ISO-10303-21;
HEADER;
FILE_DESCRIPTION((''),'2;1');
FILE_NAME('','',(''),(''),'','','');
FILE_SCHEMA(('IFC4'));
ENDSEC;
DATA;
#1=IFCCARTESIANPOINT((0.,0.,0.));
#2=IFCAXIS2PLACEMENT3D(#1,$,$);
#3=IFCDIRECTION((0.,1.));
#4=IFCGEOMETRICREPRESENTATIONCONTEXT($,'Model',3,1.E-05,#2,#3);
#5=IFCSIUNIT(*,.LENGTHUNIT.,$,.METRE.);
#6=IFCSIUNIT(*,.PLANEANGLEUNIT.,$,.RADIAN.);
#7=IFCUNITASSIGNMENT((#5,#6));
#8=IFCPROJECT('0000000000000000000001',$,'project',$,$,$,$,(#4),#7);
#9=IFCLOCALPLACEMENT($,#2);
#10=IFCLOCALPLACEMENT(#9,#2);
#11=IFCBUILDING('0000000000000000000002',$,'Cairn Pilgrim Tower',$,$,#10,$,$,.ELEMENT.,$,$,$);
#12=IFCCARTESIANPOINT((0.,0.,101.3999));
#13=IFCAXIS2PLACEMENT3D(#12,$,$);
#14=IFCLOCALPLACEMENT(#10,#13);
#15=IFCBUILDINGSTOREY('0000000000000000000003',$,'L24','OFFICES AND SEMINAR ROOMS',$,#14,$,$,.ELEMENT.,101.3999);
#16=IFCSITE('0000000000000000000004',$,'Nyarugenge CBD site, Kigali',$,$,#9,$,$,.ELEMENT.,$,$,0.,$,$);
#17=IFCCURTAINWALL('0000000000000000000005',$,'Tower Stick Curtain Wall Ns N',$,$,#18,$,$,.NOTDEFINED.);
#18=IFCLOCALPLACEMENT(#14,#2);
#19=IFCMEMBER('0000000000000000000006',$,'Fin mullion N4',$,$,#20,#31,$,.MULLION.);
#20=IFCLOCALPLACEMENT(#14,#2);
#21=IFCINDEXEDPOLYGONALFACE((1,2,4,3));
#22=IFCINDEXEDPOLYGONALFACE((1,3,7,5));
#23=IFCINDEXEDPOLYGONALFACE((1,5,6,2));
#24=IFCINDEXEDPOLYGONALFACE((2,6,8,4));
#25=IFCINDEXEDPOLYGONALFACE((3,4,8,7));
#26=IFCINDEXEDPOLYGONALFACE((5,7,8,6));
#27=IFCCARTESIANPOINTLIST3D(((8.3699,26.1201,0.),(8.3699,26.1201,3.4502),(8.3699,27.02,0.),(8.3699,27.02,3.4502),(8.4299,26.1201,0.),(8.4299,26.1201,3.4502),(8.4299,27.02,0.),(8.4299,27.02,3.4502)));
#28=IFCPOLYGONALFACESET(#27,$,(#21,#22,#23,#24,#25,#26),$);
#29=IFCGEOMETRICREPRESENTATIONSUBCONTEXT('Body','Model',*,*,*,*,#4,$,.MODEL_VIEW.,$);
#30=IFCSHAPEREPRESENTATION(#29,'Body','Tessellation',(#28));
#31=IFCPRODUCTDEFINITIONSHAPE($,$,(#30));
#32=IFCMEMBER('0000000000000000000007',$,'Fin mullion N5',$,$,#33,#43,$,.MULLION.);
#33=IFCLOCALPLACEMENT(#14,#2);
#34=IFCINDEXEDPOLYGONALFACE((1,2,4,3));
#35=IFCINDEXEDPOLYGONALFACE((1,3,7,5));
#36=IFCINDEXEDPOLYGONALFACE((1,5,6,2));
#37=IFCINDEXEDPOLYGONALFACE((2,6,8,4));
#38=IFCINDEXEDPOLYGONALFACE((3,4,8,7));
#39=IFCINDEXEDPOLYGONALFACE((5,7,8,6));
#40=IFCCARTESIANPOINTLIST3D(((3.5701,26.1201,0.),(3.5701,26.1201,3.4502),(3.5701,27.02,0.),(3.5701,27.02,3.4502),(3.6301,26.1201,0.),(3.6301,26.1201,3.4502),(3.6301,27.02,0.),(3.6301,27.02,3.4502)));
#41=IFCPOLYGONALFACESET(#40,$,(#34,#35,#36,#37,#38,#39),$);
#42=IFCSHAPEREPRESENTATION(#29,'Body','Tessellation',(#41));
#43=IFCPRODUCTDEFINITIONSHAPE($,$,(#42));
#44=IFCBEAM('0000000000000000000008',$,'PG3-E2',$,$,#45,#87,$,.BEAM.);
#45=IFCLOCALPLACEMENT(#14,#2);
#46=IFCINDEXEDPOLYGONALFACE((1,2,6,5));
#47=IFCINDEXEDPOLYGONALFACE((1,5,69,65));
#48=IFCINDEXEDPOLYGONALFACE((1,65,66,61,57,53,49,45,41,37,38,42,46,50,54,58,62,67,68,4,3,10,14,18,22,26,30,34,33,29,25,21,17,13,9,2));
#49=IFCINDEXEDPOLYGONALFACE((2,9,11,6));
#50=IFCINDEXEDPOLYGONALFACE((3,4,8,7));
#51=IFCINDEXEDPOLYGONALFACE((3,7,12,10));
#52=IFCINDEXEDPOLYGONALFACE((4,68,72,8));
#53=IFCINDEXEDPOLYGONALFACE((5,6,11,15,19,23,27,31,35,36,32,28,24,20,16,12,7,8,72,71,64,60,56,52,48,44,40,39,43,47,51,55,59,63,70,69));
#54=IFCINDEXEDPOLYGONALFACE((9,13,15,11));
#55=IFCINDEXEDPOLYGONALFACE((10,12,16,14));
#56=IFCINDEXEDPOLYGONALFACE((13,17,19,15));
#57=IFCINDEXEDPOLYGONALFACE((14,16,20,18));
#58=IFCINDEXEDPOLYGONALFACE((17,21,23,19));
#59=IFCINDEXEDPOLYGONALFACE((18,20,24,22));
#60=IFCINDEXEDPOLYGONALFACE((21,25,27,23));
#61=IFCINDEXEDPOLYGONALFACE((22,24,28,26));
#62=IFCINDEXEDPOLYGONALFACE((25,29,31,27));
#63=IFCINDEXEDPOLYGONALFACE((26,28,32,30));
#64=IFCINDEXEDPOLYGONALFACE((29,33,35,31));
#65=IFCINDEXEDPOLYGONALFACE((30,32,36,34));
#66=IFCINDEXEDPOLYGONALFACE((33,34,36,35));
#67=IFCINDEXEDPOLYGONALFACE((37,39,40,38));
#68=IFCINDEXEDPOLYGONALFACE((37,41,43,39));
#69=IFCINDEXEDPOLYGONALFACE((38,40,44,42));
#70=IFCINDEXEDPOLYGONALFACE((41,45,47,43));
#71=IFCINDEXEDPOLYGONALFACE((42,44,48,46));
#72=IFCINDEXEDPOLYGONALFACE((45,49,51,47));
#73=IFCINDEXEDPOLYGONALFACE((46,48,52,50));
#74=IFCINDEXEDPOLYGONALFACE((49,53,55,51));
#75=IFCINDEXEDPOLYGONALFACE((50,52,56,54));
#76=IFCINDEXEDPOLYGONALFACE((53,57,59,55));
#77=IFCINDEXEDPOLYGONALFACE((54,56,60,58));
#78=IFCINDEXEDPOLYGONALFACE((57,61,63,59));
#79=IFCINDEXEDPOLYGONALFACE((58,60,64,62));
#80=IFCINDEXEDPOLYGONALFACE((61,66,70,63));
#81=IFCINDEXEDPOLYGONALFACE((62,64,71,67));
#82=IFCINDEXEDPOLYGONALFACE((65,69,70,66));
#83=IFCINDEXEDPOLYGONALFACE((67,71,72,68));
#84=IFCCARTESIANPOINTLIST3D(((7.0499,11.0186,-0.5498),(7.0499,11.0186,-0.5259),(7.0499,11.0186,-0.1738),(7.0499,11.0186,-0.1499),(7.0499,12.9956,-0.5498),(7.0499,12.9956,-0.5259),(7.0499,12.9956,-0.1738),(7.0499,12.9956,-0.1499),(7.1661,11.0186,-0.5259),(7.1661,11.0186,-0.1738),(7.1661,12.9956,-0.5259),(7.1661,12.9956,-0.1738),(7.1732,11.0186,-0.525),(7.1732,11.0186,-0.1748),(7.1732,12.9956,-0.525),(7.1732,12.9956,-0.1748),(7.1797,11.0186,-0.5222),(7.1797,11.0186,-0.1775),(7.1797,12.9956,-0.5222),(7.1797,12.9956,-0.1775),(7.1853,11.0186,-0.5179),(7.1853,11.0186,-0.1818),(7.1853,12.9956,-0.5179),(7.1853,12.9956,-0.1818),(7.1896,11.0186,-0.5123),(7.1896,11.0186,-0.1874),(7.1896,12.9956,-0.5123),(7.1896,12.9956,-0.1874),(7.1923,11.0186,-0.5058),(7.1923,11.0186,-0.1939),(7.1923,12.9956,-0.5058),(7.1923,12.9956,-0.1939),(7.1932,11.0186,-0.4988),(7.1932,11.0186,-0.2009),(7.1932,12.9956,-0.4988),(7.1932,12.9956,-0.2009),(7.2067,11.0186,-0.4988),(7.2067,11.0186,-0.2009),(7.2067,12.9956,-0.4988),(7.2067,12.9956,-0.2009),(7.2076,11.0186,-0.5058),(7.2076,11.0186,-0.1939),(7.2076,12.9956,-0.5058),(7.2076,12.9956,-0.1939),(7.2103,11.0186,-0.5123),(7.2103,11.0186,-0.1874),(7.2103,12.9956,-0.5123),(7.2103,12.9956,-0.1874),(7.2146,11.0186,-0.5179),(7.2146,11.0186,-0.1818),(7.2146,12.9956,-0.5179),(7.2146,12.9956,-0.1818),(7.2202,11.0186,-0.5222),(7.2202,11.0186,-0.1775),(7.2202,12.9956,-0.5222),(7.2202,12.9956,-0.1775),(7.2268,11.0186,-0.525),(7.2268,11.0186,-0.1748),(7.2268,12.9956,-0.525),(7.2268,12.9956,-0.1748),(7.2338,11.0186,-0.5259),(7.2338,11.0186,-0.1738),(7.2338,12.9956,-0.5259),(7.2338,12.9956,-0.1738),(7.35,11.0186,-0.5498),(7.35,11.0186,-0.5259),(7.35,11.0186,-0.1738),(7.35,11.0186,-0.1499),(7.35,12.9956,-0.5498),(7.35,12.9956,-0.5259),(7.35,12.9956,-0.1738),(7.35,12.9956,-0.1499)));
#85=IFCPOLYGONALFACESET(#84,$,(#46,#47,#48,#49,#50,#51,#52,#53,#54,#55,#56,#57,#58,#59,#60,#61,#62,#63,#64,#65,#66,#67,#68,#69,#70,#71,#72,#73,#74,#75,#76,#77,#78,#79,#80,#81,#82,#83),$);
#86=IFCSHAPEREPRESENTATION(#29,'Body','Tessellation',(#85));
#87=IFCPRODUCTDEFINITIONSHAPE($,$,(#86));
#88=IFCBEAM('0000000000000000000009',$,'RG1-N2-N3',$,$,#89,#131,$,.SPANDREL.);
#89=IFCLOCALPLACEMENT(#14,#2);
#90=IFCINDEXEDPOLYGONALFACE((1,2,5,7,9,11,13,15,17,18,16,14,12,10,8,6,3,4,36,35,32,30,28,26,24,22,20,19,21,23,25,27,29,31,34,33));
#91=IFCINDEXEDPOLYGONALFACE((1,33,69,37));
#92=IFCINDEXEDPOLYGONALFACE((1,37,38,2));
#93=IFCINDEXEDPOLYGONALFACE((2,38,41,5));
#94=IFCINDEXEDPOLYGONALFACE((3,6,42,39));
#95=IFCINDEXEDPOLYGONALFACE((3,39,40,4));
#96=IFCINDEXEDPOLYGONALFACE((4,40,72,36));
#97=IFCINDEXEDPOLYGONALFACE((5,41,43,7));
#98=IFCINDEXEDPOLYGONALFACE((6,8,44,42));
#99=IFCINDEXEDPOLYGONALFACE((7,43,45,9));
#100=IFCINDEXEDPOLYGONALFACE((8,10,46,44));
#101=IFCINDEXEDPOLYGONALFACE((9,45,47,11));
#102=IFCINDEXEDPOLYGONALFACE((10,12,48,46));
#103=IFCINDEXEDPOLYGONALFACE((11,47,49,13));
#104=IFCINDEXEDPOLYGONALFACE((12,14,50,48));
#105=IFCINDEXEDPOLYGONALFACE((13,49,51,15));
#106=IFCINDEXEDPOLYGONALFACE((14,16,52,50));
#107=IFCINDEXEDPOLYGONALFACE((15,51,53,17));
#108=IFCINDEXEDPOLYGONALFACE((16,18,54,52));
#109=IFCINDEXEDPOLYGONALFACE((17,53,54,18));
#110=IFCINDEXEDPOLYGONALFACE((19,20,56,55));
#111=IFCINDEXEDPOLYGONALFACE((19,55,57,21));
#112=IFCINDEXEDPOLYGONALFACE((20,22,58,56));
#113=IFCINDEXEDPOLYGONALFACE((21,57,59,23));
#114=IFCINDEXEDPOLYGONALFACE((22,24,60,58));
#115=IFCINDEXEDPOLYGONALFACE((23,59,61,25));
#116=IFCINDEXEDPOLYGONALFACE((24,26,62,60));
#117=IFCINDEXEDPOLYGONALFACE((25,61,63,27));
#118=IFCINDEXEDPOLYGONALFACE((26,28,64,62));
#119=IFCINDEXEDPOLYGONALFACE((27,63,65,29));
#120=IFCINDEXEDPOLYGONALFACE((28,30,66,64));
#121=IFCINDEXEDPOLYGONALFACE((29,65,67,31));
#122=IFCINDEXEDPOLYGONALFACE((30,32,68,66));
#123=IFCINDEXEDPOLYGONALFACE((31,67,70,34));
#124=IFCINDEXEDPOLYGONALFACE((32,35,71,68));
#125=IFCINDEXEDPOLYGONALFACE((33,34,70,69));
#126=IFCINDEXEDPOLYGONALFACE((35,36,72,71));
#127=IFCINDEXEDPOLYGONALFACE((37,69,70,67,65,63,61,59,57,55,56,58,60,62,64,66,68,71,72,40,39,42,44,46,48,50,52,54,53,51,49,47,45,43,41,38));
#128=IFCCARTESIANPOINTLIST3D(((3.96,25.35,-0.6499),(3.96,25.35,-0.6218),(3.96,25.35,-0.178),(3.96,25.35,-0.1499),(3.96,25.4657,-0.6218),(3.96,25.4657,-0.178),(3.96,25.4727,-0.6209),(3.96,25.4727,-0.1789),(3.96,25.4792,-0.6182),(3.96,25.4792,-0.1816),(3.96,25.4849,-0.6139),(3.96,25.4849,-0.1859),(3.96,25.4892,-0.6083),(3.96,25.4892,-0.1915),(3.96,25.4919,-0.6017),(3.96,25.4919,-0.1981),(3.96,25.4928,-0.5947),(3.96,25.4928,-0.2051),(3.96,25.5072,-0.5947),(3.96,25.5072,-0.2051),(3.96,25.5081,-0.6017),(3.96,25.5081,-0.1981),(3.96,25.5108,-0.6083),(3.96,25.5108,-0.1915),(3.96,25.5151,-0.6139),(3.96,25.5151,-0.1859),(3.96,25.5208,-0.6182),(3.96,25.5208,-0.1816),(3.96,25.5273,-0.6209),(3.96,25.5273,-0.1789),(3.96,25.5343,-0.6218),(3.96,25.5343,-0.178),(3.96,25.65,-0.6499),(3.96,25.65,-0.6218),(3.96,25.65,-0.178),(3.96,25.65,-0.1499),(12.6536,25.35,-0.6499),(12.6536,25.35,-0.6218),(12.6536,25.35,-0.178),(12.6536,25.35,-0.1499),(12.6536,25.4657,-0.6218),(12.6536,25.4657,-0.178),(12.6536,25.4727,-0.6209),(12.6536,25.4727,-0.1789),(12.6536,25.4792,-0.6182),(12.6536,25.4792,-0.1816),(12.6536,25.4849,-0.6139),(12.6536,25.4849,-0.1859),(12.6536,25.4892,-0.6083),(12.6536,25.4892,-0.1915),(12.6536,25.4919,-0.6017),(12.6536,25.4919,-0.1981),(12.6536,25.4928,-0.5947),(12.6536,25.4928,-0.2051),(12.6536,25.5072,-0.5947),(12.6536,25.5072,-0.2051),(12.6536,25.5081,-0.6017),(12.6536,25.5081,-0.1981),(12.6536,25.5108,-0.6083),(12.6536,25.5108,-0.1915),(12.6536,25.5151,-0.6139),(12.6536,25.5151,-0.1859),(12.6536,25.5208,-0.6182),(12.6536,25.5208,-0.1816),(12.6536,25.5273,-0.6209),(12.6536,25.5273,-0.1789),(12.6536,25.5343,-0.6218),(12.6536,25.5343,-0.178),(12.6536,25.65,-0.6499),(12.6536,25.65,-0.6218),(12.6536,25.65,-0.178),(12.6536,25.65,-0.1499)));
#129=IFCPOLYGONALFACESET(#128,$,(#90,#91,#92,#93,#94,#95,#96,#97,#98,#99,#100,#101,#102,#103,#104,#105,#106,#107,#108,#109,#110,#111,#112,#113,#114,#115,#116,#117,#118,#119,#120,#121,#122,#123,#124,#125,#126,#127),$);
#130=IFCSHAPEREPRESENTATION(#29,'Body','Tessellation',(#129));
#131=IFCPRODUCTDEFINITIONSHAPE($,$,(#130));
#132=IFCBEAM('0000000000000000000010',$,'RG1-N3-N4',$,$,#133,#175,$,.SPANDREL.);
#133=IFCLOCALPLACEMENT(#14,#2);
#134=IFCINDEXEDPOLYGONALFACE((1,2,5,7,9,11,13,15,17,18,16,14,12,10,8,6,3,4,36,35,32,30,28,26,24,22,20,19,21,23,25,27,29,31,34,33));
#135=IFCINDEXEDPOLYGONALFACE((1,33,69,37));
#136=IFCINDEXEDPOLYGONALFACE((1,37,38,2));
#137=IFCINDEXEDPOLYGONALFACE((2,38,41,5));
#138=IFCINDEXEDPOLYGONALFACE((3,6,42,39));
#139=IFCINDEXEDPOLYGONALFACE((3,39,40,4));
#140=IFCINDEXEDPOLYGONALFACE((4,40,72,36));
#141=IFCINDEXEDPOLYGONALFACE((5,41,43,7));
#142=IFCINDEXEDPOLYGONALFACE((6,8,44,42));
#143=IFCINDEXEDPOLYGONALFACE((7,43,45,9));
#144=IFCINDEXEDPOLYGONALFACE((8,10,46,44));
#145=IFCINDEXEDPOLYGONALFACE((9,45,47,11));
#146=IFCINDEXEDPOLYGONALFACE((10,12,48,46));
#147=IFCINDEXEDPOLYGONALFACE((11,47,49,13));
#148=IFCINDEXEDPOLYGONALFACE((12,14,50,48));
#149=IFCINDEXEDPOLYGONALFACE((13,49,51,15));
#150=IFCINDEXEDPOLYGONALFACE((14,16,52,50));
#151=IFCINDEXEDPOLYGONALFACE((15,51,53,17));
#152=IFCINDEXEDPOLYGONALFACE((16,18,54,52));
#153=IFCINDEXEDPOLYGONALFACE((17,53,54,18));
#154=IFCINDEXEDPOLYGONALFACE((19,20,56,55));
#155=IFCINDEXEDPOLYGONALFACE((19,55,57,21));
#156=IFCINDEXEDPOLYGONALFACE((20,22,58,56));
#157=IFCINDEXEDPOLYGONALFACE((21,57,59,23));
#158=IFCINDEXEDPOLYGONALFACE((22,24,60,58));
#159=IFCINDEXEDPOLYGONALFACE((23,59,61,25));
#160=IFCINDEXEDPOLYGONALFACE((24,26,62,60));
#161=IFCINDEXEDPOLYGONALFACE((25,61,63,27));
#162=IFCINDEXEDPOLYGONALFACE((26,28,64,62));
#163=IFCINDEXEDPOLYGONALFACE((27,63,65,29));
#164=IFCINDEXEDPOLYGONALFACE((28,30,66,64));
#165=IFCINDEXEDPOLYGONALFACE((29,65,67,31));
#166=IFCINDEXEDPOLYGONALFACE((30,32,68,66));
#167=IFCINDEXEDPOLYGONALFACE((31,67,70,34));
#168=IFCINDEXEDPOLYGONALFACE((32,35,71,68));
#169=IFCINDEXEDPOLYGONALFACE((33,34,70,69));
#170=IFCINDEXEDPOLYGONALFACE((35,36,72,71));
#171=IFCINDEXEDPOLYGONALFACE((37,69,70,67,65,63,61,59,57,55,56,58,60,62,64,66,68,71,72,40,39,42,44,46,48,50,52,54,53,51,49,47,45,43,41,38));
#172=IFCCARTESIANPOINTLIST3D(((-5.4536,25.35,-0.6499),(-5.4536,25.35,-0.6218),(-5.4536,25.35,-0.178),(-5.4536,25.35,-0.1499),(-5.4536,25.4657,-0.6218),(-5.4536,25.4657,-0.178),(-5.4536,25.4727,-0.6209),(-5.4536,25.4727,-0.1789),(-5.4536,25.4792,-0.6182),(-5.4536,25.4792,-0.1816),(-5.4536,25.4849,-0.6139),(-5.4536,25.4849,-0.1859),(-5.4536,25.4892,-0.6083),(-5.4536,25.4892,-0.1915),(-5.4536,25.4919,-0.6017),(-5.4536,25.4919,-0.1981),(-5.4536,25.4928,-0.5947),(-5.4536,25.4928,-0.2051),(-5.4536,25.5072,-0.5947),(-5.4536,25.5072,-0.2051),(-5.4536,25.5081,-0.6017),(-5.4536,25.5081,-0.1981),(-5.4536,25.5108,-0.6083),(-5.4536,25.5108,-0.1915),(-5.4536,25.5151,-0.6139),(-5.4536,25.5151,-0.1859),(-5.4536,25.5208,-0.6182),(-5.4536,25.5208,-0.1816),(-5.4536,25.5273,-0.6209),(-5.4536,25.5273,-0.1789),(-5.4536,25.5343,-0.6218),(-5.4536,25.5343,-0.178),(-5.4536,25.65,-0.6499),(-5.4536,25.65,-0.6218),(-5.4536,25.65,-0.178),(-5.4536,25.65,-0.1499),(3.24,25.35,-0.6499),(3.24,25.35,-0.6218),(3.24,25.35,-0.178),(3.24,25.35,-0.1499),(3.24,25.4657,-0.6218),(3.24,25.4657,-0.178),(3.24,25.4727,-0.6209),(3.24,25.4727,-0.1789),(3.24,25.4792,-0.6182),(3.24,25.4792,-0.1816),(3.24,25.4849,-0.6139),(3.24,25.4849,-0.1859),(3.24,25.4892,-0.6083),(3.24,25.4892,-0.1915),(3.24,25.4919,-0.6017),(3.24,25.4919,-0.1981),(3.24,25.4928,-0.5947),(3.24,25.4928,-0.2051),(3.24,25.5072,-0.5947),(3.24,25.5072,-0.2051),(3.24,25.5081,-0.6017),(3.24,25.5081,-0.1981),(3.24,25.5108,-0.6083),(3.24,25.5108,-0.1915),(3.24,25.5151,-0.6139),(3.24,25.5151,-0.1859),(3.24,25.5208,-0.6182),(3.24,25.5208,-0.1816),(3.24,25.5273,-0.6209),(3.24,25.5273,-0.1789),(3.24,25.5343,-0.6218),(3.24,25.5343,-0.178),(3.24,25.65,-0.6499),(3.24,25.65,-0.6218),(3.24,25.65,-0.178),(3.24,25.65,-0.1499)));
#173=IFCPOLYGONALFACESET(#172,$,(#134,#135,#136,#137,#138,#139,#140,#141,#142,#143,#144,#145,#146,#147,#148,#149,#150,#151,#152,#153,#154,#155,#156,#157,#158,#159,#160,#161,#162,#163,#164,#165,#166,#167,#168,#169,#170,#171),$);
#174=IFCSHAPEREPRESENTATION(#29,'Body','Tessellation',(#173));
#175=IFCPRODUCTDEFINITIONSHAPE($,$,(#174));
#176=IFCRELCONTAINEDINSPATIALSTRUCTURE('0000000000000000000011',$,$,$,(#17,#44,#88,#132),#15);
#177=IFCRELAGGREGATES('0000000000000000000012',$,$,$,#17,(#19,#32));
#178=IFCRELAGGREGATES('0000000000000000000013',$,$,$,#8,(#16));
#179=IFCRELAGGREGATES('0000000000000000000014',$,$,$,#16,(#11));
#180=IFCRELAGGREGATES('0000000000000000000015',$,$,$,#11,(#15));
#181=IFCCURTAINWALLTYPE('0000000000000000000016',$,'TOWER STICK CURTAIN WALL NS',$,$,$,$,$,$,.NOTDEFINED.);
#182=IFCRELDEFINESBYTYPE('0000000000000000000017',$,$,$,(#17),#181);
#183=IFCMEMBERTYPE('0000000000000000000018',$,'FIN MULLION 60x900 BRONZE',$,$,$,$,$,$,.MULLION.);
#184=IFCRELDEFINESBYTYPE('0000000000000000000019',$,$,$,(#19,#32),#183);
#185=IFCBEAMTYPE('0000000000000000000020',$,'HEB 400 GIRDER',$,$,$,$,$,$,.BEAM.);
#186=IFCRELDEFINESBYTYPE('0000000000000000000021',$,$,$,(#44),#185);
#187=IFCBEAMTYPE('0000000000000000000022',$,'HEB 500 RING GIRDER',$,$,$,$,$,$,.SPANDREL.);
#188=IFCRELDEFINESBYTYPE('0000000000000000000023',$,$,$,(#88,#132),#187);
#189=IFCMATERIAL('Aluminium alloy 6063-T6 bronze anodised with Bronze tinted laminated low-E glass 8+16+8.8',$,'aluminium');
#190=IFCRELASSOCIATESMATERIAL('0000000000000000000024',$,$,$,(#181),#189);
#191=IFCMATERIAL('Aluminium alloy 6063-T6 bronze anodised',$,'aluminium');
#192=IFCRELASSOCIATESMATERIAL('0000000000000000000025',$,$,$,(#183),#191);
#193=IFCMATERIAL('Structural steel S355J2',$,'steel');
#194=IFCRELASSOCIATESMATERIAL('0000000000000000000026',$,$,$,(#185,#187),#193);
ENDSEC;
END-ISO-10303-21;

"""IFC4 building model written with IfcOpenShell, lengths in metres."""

from ifc_helpers import new_model, si_unit, direction, frame, origin, origin_2d, place, context, subcontext, project, spatial, rectangle, i_section, extrude, material, material_profile, profile_set, type_object, element, aggregate, save


model = new_model("IFC4")

# Units and contexts
model_context = context("Model", 3, precision=1e-05, world=origin(), true_north=direction((0.0, 1.0)))
body_context = subcontext(model_context, "Body", "Model", "MODEL_VIEW")
ifc_project = project(units=[si_unit("LENGTHUNIT", "METRE"), si_unit("PLANEANGLEUNIT", "RADIAN")], contexts=[model_context])

# Site, building, storey
site_placement = place(None, origin())
site = spatial("IfcSite", under=ifc_project, at=site_placement, Name="Nyarugenge CBD site, Kigali", CompositionType="ELEMENT", RefElevation=0.0)
building_placement = place(site_placement, origin())
building = spatial("IfcBuilding", under=site, at=building_placement, Name="Cairn Pilgrim Tower", CompositionType="ELEMENT")
storey_placement = place(building_placement, frame((0.0, 0.0, 101.3999)))
storey = spatial("IfcBuildingStorey", under=building, at=storey_placement, Name="L24", Description="OFFICES AND SEMINAR ROOMS", CompositionType="ELEMENT", Elevation=101.3999)

# Curtain wall, members
ifc_material_1 = material(Name="Aluminium alloy 6063-T6 bronze anodised with Bronze tinted laminated low-E glass 8+16+8.8", Category="aluminium")
curtain_wall_type = type_object("IfcCurtainWallType", Name="TOWER STICK CURTAIN WALL NS", PredefinedType="NOTDEFINED", material=ifc_material_1)
curtain_wall_placement = place(storey_placement, origin())
curtain_wall = element("IfcCurtainWall", 1, at=curtain_wall_placement, inside=storey, type_object=curtain_wall_type, Name="Tower Stick Curtain Wall Ns N", PredefinedType="NOTDEFINED")
ifc_material_2 = material(Name="Aluminium alloy 6063-T6 bronze anodised", Category="aluminium")
ifc_material_profile_1 = material_profile(ifc_material_2, rectangle(XDim=0.8999, YDim=0.0601, at=origin_2d()), Name="FIN MULLION 60x900 BRONZE")
ifc_profile_set_1 = profile_set([ifc_material_profile_1], Name="Aluminium alloy 6063-T6 bronze anodised")
member_type_1 = type_object("IfcMemberType", Name="FIN MULLION 60x900 BRONZE", PredefinedType="MULLION", material=ifc_profile_set_1)
member_1_placement = place(storey_placement, frame((8.3999, 26.5701, 0.0), z_axis=(0.0, 0.0, 1.0), x_axis=(0.0, 1.0, 0.0)))
member_1 = element("IfcMember", 2, at=member_1_placement, type_object=member_type_1, Name="Fin mullion N4", PredefinedType="MULLION", context=body_context, shape_type="SweptSolid", body=[
    extrude(rectangle(XDim=0.8999, YDim=0.0601, at=origin_2d()), origin(), (0.0, 0.0, 1.0), 3.4502),
])
member_2_placement = place(storey_placement, frame((3.6001, 26.5701, 0.0), z_axis=(0.0, 0.0, 1.0), x_axis=(0.0, 1.0, 0.0)))
member_2 = element("IfcMember", 3, at=member_2_placement, type_object=member_type_1, Name="Fin mullion N5", PredefinedType="MULLION", context=body_context, shape_type="SweptSolid", body=[
    extrude(rectangle(XDim=0.8999, YDim=0.0601, at=origin_2d()), origin(), (0.0, 0.0, 1.0), 3.4502),
])

# Beams
ifc_material_3 = material(Name="Structural steel S355J2", Category="steel")
ifc_material_profile_2 = material_profile(ifc_material_3, i_section(OverallWidth=0.3, OverallDepth=0.3999, WebThickness=0.0134, FlangeThickness=0.0239, FilletRadius=0.0271, at=origin_2d()), Name="HEB 400")
ifc_profile_set_2 = profile_set([ifc_material_profile_2], Name="Structural steel S355J2")
beam_type_1 = type_object("IfcBeamType", Name="HEB 400 GIRDER", PredefinedType="BEAM", material=ifc_profile_set_2)
beam_1_placement = place(storey_placement, frame((7.2, 11.0186, -0.3499), z_axis=(0.0, 1.0, 0.0), x_axis=(-1.0, 0.0, 0.0)))
element("IfcBeam", 4, at=beam_1_placement, inside=storey, type_object=beam_type_1, Name="PG3-E2", PredefinedType="BEAM", context=body_context, shape_type="SweptSolid", body=[
    extrude(i_section(OverallWidth=0.3, OverallDepth=0.3999, WebThickness=0.0134, FlangeThickness=0.0239, FilletRadius=0.0271, at=origin_2d()), origin(), (0.0, 0.0, 1.0), 1.9771),
])
ifc_material_profile_3 = material_profile(ifc_material_3, i_section(OverallWidth=0.3, OverallDepth=0.5, WebThickness=0.0144, FlangeThickness=0.0281, FilletRadius=0.0271, at=origin_2d()), Name="HEB 500")
ifc_profile_set_3 = profile_set([ifc_material_profile_3], Name="Structural steel S355J2")
beam_type_2 = type_object("IfcBeamType", Name="HEB 500 RING GIRDER", PredefinedType="SPANDREL", material=ifc_profile_set_3)
for number, where, z_axis, x_axis, name in (
    (5, (12.6536, 25.5, -0.3999), (-1.0, 0.0, 0.0), (0.0, -1.0, 0.0), "RG1-N2-N3"),
    (6, (3.24, 25.5, -0.3999), (-1.0, 0.0, 0.0), (0.0, -1.0, 0.0), "RG1-N3-N4"),
):
    element("IfcBeam", number, at=place(storey_placement, frame(where, z_axis=z_axis, x_axis=x_axis)), inside=storey, type_object=beam_type_2, Name=name, PredefinedType="SPANDREL", context=body_context, shape_type="SweptSolid", body=[
        extrude(i_section(OverallWidth=0.3, OverallDepth=0.5, WebThickness=0.0144, FlangeThickness=0.0281, FilletRadius=0.0271, at=origin_2d()), origin(), (0.0, 0.0, 1.0), 8.6936),
    ])

aggregate(curtain_wall, [member_1, member_2])

save(model, "model.ifc")
